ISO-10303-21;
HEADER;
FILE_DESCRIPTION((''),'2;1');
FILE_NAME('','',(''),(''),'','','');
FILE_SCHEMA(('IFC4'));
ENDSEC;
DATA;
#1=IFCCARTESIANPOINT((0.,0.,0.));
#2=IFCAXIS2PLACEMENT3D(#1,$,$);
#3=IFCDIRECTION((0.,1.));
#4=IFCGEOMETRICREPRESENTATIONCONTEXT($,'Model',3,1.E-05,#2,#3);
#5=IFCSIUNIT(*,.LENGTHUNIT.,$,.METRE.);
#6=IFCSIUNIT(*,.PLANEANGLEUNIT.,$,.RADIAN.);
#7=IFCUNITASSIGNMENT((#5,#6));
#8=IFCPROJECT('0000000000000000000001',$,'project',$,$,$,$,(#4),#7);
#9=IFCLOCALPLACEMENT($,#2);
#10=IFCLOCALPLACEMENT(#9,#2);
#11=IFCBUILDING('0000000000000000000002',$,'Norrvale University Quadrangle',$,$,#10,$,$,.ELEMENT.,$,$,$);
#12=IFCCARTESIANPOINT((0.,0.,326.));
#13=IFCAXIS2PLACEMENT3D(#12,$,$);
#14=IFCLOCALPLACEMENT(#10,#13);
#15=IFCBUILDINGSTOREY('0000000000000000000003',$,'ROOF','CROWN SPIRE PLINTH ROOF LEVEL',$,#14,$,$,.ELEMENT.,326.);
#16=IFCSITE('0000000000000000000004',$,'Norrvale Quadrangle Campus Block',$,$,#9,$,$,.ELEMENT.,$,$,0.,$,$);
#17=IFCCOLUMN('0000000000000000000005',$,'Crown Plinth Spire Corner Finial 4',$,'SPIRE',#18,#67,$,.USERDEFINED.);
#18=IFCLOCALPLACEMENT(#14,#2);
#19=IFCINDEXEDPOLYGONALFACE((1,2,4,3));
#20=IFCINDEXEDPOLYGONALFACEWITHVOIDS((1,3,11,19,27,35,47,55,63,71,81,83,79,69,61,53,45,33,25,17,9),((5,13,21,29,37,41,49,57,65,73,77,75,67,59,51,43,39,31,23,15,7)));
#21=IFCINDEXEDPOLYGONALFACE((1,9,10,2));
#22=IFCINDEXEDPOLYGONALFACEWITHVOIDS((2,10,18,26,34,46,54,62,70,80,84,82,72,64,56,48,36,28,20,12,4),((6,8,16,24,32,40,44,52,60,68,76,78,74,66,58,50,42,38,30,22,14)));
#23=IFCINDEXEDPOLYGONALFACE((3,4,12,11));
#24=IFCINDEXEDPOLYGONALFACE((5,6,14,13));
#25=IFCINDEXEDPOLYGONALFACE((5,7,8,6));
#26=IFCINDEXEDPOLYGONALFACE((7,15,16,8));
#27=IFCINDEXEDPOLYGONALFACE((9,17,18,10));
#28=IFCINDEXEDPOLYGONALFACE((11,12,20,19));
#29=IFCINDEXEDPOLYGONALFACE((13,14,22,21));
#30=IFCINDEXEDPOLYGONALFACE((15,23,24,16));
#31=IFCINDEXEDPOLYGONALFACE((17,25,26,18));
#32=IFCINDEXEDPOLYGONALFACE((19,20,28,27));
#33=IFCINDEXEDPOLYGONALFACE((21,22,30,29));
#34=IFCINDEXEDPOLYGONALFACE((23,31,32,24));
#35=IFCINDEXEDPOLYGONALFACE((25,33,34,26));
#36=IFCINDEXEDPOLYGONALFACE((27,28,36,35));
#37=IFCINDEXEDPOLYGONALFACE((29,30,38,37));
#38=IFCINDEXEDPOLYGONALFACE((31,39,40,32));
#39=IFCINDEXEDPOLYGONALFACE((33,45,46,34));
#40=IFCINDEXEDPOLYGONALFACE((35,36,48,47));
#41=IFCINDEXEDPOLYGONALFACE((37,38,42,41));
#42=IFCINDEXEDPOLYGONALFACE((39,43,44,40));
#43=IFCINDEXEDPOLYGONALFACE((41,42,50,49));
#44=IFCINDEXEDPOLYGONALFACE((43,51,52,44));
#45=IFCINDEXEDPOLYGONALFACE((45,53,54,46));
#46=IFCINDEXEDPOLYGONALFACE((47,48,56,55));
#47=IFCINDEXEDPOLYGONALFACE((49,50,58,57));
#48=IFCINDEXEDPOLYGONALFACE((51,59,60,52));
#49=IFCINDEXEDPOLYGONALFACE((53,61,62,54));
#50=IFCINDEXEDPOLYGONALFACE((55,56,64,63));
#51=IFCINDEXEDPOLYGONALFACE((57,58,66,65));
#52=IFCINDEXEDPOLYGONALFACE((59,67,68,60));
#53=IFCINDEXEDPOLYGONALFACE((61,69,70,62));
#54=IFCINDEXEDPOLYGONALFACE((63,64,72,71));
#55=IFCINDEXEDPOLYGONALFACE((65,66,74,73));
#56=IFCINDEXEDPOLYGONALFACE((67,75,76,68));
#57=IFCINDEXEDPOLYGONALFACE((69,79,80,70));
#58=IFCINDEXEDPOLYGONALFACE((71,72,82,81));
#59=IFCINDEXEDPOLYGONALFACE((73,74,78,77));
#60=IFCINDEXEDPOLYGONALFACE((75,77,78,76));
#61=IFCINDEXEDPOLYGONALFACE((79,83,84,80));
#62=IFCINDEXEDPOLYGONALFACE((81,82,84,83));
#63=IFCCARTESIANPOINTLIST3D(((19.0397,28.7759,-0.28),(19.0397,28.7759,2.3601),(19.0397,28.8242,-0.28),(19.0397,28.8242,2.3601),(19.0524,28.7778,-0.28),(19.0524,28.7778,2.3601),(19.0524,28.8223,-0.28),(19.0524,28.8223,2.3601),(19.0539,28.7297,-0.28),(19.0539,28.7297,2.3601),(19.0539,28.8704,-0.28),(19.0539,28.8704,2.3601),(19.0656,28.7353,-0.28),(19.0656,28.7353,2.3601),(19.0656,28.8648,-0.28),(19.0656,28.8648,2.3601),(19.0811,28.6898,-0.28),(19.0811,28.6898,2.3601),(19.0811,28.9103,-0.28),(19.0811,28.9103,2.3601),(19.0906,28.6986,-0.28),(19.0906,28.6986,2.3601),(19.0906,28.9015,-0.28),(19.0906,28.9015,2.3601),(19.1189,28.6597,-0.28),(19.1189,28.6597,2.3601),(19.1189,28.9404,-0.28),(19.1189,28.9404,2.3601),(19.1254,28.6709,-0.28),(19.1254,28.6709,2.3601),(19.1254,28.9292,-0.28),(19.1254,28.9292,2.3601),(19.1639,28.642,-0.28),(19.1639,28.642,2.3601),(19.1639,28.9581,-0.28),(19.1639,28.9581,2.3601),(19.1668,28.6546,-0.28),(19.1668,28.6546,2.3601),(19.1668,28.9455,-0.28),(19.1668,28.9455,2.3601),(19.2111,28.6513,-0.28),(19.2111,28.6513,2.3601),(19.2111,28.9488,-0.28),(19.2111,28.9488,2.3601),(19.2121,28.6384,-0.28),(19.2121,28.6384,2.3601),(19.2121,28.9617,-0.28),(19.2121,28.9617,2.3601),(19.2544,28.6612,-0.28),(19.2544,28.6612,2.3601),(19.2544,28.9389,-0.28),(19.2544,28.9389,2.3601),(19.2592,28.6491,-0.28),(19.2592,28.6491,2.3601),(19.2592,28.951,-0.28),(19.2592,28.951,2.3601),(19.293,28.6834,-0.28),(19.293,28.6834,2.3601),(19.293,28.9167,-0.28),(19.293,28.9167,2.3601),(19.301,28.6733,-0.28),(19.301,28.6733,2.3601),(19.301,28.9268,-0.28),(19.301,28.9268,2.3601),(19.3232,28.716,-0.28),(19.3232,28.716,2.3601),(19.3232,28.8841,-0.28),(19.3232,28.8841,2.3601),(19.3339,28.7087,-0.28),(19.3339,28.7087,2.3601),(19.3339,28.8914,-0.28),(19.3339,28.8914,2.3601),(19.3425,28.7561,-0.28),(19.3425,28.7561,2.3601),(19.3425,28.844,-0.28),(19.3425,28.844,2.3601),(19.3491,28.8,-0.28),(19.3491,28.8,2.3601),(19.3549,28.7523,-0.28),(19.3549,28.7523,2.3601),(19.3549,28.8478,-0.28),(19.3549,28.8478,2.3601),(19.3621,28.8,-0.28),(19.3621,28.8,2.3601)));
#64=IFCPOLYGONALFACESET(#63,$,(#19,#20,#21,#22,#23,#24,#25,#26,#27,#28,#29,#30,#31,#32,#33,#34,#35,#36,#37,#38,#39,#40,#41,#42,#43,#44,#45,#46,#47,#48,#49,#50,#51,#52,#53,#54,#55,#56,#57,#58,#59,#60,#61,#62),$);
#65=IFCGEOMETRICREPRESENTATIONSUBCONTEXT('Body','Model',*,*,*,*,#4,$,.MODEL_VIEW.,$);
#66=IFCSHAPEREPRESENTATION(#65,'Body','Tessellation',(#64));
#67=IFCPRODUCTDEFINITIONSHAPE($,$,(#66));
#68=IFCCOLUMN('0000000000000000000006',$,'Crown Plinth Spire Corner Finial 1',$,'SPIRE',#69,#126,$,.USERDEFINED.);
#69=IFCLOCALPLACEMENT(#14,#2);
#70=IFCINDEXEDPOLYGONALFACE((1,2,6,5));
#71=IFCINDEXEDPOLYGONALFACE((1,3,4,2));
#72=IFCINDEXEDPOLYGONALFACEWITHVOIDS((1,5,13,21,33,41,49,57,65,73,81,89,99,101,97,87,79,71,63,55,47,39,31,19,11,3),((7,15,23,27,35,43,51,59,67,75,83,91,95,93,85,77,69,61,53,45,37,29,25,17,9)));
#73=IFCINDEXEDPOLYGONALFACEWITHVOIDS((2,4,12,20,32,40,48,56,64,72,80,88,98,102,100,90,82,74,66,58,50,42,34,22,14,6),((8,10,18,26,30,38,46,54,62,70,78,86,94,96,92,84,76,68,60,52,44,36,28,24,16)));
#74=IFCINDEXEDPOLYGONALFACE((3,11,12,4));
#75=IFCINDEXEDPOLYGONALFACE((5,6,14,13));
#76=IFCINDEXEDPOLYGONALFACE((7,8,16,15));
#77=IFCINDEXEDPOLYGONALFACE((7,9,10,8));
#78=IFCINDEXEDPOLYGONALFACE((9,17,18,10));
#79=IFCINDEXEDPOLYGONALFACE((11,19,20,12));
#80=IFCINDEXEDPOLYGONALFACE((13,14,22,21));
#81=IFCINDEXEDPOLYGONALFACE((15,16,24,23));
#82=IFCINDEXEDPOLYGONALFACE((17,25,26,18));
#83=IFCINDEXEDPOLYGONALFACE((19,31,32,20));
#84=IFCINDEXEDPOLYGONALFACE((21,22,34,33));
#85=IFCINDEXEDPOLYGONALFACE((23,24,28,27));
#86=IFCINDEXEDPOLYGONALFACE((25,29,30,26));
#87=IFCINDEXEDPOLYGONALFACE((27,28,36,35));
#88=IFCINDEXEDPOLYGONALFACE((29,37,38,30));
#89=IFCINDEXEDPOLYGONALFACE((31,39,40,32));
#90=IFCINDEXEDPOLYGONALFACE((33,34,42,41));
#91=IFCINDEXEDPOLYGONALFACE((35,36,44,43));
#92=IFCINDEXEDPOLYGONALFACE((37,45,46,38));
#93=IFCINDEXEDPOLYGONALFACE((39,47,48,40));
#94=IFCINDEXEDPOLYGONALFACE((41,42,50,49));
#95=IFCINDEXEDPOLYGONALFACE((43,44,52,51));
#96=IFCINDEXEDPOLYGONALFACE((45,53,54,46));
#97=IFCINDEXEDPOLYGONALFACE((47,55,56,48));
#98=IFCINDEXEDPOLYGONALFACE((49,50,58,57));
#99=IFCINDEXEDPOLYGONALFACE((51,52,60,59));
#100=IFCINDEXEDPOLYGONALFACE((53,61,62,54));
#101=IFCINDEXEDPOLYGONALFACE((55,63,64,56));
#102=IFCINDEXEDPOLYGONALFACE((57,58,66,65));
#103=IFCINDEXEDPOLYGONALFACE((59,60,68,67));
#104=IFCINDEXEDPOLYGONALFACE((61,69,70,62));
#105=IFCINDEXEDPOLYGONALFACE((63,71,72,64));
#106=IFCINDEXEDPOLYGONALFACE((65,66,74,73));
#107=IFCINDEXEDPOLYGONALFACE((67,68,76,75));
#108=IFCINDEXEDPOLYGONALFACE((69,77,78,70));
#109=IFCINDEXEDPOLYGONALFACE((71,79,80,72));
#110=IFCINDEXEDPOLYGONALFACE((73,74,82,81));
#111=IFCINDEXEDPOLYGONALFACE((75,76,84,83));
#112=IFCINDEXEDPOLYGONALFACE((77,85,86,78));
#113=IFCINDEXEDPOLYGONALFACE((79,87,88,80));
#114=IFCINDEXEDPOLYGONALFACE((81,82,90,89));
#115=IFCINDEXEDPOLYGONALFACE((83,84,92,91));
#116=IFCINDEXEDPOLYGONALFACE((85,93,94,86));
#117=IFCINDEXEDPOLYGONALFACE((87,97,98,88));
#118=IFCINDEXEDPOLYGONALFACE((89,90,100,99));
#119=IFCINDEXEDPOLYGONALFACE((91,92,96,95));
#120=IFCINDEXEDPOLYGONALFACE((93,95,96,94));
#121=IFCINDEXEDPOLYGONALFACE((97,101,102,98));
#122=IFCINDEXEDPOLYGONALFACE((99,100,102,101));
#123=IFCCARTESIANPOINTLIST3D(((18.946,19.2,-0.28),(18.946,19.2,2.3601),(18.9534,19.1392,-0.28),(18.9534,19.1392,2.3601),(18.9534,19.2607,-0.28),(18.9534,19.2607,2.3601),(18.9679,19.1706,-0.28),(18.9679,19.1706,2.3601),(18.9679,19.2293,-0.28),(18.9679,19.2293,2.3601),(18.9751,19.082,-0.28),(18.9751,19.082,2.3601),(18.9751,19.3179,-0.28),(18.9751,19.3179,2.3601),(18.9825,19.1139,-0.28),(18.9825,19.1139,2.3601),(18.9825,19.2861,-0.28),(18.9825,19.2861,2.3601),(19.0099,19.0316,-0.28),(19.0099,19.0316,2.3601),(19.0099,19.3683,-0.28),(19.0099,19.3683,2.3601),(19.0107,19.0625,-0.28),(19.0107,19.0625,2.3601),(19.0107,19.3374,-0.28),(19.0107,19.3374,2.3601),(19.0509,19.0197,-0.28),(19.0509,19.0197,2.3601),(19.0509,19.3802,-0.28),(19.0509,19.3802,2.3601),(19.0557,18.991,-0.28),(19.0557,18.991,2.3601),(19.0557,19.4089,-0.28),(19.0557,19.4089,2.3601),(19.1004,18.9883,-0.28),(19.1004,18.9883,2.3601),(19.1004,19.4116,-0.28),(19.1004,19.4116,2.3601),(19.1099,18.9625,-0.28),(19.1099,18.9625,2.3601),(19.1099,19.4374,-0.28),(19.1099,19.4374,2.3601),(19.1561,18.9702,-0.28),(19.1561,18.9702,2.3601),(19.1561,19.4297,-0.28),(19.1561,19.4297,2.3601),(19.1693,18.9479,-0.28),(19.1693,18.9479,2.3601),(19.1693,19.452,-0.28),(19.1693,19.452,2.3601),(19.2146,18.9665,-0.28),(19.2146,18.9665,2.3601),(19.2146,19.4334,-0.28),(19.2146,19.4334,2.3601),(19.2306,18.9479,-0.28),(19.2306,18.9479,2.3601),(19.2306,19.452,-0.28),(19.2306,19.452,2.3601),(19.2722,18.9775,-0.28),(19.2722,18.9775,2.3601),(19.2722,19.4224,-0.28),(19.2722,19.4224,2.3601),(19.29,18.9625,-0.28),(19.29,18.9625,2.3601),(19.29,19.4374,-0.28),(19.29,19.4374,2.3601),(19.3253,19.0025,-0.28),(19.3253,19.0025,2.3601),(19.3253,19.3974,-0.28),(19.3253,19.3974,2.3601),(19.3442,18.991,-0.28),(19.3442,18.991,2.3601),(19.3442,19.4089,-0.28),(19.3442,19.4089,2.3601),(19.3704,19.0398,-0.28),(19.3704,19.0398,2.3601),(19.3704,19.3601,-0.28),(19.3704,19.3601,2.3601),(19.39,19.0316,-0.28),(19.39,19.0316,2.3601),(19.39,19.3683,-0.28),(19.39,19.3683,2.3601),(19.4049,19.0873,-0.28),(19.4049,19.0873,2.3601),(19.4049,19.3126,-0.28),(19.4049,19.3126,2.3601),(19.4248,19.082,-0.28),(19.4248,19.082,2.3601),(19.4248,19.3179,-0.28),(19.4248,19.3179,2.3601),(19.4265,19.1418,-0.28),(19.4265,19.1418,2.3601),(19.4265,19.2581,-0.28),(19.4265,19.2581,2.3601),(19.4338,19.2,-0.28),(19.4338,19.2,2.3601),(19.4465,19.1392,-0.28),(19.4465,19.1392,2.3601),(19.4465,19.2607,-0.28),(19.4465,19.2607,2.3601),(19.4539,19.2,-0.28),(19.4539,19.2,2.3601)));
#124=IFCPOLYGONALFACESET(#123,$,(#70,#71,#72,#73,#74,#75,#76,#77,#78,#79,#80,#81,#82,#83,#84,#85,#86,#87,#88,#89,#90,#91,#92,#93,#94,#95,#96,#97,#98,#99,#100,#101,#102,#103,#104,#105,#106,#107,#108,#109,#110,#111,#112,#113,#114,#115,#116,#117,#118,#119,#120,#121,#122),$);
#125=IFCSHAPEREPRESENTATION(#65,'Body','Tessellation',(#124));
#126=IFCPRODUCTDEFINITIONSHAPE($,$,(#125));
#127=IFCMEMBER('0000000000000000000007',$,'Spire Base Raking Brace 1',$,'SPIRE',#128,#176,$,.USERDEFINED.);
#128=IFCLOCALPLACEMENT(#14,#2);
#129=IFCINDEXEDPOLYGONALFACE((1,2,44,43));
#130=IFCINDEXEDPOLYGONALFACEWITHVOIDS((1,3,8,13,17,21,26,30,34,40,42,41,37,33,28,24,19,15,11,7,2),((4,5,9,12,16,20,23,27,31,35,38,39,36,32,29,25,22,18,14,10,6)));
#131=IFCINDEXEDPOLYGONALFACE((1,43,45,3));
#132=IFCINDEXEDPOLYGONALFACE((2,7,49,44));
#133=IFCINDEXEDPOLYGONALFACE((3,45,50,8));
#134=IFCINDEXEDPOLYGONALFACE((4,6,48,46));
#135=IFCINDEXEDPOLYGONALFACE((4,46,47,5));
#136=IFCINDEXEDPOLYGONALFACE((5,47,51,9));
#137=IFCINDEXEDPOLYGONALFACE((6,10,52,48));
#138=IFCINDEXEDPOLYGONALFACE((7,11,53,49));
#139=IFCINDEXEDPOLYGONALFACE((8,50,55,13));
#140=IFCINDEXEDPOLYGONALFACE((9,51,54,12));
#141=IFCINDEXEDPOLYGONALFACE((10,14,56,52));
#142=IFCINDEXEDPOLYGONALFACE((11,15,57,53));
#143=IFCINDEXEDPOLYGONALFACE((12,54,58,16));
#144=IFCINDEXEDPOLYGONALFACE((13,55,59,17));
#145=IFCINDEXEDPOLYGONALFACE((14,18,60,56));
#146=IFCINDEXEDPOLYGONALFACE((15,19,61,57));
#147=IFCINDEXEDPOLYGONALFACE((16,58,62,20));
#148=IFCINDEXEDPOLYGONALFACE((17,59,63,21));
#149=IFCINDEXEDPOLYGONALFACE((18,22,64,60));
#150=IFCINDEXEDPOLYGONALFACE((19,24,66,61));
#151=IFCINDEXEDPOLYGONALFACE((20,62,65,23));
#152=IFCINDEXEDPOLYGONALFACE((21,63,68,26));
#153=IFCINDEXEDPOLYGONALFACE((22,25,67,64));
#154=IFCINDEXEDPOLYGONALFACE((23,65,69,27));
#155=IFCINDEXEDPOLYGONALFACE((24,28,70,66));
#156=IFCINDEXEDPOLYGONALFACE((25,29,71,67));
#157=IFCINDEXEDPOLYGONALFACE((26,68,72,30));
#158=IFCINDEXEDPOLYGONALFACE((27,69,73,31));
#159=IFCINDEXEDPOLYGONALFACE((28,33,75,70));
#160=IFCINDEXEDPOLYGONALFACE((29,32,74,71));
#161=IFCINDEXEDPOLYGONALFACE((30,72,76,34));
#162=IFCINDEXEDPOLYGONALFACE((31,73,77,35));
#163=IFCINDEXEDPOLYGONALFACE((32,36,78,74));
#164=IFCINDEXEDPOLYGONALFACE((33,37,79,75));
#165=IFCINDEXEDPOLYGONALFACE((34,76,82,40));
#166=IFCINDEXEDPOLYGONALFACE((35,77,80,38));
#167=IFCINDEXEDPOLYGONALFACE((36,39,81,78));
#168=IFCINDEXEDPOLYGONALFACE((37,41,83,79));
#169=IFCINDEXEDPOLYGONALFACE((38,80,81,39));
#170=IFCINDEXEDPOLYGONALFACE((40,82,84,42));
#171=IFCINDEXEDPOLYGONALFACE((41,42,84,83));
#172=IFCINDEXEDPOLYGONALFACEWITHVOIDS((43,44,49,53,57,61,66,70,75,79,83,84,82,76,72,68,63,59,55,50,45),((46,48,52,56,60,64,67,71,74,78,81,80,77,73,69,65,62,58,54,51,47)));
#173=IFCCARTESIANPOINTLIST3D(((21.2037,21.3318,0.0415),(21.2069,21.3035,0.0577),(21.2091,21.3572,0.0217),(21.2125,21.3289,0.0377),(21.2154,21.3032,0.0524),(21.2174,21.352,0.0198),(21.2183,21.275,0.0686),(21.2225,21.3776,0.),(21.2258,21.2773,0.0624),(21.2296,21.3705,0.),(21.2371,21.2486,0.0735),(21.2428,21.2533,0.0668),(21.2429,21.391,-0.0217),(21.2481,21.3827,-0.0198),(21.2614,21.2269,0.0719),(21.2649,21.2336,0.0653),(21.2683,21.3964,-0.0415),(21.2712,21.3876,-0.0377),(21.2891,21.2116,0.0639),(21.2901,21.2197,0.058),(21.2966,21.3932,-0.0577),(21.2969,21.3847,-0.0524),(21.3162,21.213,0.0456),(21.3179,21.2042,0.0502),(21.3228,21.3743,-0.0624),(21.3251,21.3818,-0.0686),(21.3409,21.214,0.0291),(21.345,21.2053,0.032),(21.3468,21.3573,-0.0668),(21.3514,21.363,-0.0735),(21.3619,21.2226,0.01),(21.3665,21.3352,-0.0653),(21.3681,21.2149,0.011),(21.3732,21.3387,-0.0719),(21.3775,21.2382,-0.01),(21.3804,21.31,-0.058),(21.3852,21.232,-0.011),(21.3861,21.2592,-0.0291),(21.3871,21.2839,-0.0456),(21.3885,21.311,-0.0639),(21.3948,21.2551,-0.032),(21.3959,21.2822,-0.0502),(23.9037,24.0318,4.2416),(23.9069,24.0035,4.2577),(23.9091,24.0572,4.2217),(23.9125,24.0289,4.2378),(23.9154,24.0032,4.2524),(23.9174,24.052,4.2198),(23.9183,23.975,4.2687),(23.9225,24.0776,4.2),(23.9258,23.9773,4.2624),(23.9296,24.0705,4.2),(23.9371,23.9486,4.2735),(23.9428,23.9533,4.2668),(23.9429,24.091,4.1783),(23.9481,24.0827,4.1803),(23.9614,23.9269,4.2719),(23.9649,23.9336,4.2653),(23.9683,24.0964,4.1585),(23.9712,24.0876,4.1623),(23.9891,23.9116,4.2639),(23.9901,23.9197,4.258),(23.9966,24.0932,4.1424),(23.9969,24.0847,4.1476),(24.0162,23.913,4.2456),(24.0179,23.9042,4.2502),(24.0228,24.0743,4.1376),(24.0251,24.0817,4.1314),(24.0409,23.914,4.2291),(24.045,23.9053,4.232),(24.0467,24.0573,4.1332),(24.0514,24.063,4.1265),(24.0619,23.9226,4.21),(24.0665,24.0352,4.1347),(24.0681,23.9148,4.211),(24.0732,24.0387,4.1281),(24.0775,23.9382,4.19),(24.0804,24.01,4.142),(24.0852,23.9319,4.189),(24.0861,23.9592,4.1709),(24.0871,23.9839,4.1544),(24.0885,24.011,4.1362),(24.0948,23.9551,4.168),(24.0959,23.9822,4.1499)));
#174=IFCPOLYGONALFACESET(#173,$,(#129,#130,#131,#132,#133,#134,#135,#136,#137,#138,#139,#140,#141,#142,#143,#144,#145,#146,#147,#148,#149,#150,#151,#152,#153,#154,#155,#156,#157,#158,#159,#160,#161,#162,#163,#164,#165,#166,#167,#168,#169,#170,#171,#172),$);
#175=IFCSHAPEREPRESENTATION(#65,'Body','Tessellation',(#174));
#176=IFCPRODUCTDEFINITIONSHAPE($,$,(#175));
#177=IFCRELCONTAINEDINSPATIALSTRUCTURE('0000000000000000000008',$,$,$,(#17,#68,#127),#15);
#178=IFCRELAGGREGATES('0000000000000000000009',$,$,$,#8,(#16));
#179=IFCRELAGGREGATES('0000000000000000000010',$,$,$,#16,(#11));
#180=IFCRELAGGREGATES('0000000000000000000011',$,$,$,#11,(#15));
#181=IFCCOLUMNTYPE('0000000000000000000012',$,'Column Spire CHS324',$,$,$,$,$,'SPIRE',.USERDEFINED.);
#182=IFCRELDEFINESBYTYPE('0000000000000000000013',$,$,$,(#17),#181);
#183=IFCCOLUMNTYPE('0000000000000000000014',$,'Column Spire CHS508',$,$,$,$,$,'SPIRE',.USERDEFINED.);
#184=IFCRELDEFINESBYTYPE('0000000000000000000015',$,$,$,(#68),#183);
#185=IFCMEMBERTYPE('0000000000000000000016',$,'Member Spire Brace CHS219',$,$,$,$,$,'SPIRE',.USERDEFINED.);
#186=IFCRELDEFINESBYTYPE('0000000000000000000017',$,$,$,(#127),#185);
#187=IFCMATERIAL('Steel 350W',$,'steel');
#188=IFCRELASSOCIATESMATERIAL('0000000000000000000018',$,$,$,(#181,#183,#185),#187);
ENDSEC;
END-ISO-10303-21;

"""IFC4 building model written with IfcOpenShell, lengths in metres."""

from ifc_helpers import new_model, si_unit, direction, frame, origin, origin_2d, place, context, subcontext, project, spatial, hollow_circle, extrude, material, material_profile, profile_set, type_object, element, save


model = new_model("IFC4")

# Units and contexts
model_context = context("Model", 3, precision=1e-05, world=origin(), true_north=direction((0.0, 1.0)))
body_context = subcontext(model_context, "Body", "Model", "MODEL_VIEW")
ifc_project = project(units=[si_unit("LENGTHUNIT", "METRE"), si_unit("PLANEANGLEUNIT", "RADIAN")], contexts=[model_context])

# Site, building, storey
site_placement = place(None, origin())
site = spatial("IfcSite", under=ifc_project, at=site_placement, Name="Norrvale Quadrangle Campus Block", CompositionType="ELEMENT", RefElevation=0.0)
building_placement = place(site_placement, origin())
building = spatial("IfcBuilding", under=site, at=building_placement, Name="Norrvale University Quadrangle", CompositionType="ELEMENT")
storey_placement = place(building_placement, frame((0.0, 0.0, 326.0)))
storey = spatial("IfcBuildingStorey", under=building, at=storey_placement, Name="ROOF", Description="CROWN SPIRE PLINTH ROOF LEVEL", CompositionType="ELEMENT", Elevation=326.0)

# Columns
ifc_material_1 = material(Name="Steel 350W", Category="steel")
ifc_material_profile_1 = material_profile(ifc_material_1, hollow_circle(Radius=0.1621, WallThickness=0.0129, at=origin_2d()), Name="Steel 350W")
ifc_profile_set_1 = profile_set([ifc_material_profile_1], Name="Steel 350W")
column_type_1 = type_object("IfcColumnType", Name="Column Spire CHS324", ElementType="SPIRE", PredefinedType="USERDEFINED", material=ifc_profile_set_1)
column_1_placement = place(storey_placement, frame((19.2, 28.8, -0.28), z_axis=(0.0, 0.0, 1.0), x_axis=(1.0, 0.0, 0.0)))
element("IfcColumn", 1, at=column_1_placement, inside=storey, type_object=column_type_1, Name="Crown Plinth Spire Corner Finial 4", ObjectType="SPIRE", PredefinedType="USERDEFINED", context=body_context, shape_type="SweptSolid", body=[
    extrude(hollow_circle(Radius=0.1621, WallThickness=0.0129, at=origin_2d()), origin(), (0.0, 0.0, 1.0), 2.6401),
])
ifc_material_profile_2 = material_profile(ifc_material_1, hollow_circle(Radius=0.2539, WallThickness=0.02, at=origin_2d()), Name="Steel 350W")
ifc_profile_set_2 = profile_set([ifc_material_profile_2], Name="Steel 350W")
column_type_2 = type_object("IfcColumnType", Name="Column Spire CHS508", ElementType="SPIRE", PredefinedType="USERDEFINED", material=ifc_profile_set_2)
column_2_placement = place(storey_placement, frame((19.2, 19.2, -0.28), z_axis=(0.0, 0.0, 1.0), x_axis=(1.0, 0.0, 0.0)))
element("IfcColumn", 2, at=column_2_placement, inside=storey, type_object=column_type_2, Name="Crown Plinth Spire Corner Finial 1", ObjectType="SPIRE", PredefinedType="USERDEFINED", context=body_context, shape_type="SweptSolid", body=[
    extrude(hollow_circle(Radius=0.2539, WallThickness=0.02, at=origin_2d()), origin(), (0.0, 0.0, 1.0), 2.6401),
])

# Member
ifc_material_profile_3 = material_profile(ifc_material_1, hollow_circle(Radius=0.1096, WallThickness=0.01, at=origin_2d()), Name="Steel 350W")
ifc_profile_set_3 = profile_set([ifc_material_profile_3], Name="Steel 350W")
member_type_1 = type_object("IfcMemberType", Name="Member Spire Brace CHS219", ElementType="SPIRE", PredefinedType="USERDEFINED", material=ifc_profile_set_3)
member_1_placement = place(storey_placement, frame((21.3, 21.3, 0.0), z_axis=(0.475663, 0.475663, 0.739925), x_axis=(-0.707107, 0.707107, 0.0)))
element("IfcMember", 3, at=member_1_placement, inside=storey, type_object=member_type_1, Name="Spire Base Raking Brace 1", ObjectType="SPIRE", PredefinedType="USERDEFINED", context=body_context, shape_type="SweptSolid", body=[
    extrude(hollow_circle(Radius=0.1096, WallThickness=0.01, at=origin_2d()), origin(), (0.0, 0.0, 1.0), 5.6763),
])

save(model, "model.ifc")
